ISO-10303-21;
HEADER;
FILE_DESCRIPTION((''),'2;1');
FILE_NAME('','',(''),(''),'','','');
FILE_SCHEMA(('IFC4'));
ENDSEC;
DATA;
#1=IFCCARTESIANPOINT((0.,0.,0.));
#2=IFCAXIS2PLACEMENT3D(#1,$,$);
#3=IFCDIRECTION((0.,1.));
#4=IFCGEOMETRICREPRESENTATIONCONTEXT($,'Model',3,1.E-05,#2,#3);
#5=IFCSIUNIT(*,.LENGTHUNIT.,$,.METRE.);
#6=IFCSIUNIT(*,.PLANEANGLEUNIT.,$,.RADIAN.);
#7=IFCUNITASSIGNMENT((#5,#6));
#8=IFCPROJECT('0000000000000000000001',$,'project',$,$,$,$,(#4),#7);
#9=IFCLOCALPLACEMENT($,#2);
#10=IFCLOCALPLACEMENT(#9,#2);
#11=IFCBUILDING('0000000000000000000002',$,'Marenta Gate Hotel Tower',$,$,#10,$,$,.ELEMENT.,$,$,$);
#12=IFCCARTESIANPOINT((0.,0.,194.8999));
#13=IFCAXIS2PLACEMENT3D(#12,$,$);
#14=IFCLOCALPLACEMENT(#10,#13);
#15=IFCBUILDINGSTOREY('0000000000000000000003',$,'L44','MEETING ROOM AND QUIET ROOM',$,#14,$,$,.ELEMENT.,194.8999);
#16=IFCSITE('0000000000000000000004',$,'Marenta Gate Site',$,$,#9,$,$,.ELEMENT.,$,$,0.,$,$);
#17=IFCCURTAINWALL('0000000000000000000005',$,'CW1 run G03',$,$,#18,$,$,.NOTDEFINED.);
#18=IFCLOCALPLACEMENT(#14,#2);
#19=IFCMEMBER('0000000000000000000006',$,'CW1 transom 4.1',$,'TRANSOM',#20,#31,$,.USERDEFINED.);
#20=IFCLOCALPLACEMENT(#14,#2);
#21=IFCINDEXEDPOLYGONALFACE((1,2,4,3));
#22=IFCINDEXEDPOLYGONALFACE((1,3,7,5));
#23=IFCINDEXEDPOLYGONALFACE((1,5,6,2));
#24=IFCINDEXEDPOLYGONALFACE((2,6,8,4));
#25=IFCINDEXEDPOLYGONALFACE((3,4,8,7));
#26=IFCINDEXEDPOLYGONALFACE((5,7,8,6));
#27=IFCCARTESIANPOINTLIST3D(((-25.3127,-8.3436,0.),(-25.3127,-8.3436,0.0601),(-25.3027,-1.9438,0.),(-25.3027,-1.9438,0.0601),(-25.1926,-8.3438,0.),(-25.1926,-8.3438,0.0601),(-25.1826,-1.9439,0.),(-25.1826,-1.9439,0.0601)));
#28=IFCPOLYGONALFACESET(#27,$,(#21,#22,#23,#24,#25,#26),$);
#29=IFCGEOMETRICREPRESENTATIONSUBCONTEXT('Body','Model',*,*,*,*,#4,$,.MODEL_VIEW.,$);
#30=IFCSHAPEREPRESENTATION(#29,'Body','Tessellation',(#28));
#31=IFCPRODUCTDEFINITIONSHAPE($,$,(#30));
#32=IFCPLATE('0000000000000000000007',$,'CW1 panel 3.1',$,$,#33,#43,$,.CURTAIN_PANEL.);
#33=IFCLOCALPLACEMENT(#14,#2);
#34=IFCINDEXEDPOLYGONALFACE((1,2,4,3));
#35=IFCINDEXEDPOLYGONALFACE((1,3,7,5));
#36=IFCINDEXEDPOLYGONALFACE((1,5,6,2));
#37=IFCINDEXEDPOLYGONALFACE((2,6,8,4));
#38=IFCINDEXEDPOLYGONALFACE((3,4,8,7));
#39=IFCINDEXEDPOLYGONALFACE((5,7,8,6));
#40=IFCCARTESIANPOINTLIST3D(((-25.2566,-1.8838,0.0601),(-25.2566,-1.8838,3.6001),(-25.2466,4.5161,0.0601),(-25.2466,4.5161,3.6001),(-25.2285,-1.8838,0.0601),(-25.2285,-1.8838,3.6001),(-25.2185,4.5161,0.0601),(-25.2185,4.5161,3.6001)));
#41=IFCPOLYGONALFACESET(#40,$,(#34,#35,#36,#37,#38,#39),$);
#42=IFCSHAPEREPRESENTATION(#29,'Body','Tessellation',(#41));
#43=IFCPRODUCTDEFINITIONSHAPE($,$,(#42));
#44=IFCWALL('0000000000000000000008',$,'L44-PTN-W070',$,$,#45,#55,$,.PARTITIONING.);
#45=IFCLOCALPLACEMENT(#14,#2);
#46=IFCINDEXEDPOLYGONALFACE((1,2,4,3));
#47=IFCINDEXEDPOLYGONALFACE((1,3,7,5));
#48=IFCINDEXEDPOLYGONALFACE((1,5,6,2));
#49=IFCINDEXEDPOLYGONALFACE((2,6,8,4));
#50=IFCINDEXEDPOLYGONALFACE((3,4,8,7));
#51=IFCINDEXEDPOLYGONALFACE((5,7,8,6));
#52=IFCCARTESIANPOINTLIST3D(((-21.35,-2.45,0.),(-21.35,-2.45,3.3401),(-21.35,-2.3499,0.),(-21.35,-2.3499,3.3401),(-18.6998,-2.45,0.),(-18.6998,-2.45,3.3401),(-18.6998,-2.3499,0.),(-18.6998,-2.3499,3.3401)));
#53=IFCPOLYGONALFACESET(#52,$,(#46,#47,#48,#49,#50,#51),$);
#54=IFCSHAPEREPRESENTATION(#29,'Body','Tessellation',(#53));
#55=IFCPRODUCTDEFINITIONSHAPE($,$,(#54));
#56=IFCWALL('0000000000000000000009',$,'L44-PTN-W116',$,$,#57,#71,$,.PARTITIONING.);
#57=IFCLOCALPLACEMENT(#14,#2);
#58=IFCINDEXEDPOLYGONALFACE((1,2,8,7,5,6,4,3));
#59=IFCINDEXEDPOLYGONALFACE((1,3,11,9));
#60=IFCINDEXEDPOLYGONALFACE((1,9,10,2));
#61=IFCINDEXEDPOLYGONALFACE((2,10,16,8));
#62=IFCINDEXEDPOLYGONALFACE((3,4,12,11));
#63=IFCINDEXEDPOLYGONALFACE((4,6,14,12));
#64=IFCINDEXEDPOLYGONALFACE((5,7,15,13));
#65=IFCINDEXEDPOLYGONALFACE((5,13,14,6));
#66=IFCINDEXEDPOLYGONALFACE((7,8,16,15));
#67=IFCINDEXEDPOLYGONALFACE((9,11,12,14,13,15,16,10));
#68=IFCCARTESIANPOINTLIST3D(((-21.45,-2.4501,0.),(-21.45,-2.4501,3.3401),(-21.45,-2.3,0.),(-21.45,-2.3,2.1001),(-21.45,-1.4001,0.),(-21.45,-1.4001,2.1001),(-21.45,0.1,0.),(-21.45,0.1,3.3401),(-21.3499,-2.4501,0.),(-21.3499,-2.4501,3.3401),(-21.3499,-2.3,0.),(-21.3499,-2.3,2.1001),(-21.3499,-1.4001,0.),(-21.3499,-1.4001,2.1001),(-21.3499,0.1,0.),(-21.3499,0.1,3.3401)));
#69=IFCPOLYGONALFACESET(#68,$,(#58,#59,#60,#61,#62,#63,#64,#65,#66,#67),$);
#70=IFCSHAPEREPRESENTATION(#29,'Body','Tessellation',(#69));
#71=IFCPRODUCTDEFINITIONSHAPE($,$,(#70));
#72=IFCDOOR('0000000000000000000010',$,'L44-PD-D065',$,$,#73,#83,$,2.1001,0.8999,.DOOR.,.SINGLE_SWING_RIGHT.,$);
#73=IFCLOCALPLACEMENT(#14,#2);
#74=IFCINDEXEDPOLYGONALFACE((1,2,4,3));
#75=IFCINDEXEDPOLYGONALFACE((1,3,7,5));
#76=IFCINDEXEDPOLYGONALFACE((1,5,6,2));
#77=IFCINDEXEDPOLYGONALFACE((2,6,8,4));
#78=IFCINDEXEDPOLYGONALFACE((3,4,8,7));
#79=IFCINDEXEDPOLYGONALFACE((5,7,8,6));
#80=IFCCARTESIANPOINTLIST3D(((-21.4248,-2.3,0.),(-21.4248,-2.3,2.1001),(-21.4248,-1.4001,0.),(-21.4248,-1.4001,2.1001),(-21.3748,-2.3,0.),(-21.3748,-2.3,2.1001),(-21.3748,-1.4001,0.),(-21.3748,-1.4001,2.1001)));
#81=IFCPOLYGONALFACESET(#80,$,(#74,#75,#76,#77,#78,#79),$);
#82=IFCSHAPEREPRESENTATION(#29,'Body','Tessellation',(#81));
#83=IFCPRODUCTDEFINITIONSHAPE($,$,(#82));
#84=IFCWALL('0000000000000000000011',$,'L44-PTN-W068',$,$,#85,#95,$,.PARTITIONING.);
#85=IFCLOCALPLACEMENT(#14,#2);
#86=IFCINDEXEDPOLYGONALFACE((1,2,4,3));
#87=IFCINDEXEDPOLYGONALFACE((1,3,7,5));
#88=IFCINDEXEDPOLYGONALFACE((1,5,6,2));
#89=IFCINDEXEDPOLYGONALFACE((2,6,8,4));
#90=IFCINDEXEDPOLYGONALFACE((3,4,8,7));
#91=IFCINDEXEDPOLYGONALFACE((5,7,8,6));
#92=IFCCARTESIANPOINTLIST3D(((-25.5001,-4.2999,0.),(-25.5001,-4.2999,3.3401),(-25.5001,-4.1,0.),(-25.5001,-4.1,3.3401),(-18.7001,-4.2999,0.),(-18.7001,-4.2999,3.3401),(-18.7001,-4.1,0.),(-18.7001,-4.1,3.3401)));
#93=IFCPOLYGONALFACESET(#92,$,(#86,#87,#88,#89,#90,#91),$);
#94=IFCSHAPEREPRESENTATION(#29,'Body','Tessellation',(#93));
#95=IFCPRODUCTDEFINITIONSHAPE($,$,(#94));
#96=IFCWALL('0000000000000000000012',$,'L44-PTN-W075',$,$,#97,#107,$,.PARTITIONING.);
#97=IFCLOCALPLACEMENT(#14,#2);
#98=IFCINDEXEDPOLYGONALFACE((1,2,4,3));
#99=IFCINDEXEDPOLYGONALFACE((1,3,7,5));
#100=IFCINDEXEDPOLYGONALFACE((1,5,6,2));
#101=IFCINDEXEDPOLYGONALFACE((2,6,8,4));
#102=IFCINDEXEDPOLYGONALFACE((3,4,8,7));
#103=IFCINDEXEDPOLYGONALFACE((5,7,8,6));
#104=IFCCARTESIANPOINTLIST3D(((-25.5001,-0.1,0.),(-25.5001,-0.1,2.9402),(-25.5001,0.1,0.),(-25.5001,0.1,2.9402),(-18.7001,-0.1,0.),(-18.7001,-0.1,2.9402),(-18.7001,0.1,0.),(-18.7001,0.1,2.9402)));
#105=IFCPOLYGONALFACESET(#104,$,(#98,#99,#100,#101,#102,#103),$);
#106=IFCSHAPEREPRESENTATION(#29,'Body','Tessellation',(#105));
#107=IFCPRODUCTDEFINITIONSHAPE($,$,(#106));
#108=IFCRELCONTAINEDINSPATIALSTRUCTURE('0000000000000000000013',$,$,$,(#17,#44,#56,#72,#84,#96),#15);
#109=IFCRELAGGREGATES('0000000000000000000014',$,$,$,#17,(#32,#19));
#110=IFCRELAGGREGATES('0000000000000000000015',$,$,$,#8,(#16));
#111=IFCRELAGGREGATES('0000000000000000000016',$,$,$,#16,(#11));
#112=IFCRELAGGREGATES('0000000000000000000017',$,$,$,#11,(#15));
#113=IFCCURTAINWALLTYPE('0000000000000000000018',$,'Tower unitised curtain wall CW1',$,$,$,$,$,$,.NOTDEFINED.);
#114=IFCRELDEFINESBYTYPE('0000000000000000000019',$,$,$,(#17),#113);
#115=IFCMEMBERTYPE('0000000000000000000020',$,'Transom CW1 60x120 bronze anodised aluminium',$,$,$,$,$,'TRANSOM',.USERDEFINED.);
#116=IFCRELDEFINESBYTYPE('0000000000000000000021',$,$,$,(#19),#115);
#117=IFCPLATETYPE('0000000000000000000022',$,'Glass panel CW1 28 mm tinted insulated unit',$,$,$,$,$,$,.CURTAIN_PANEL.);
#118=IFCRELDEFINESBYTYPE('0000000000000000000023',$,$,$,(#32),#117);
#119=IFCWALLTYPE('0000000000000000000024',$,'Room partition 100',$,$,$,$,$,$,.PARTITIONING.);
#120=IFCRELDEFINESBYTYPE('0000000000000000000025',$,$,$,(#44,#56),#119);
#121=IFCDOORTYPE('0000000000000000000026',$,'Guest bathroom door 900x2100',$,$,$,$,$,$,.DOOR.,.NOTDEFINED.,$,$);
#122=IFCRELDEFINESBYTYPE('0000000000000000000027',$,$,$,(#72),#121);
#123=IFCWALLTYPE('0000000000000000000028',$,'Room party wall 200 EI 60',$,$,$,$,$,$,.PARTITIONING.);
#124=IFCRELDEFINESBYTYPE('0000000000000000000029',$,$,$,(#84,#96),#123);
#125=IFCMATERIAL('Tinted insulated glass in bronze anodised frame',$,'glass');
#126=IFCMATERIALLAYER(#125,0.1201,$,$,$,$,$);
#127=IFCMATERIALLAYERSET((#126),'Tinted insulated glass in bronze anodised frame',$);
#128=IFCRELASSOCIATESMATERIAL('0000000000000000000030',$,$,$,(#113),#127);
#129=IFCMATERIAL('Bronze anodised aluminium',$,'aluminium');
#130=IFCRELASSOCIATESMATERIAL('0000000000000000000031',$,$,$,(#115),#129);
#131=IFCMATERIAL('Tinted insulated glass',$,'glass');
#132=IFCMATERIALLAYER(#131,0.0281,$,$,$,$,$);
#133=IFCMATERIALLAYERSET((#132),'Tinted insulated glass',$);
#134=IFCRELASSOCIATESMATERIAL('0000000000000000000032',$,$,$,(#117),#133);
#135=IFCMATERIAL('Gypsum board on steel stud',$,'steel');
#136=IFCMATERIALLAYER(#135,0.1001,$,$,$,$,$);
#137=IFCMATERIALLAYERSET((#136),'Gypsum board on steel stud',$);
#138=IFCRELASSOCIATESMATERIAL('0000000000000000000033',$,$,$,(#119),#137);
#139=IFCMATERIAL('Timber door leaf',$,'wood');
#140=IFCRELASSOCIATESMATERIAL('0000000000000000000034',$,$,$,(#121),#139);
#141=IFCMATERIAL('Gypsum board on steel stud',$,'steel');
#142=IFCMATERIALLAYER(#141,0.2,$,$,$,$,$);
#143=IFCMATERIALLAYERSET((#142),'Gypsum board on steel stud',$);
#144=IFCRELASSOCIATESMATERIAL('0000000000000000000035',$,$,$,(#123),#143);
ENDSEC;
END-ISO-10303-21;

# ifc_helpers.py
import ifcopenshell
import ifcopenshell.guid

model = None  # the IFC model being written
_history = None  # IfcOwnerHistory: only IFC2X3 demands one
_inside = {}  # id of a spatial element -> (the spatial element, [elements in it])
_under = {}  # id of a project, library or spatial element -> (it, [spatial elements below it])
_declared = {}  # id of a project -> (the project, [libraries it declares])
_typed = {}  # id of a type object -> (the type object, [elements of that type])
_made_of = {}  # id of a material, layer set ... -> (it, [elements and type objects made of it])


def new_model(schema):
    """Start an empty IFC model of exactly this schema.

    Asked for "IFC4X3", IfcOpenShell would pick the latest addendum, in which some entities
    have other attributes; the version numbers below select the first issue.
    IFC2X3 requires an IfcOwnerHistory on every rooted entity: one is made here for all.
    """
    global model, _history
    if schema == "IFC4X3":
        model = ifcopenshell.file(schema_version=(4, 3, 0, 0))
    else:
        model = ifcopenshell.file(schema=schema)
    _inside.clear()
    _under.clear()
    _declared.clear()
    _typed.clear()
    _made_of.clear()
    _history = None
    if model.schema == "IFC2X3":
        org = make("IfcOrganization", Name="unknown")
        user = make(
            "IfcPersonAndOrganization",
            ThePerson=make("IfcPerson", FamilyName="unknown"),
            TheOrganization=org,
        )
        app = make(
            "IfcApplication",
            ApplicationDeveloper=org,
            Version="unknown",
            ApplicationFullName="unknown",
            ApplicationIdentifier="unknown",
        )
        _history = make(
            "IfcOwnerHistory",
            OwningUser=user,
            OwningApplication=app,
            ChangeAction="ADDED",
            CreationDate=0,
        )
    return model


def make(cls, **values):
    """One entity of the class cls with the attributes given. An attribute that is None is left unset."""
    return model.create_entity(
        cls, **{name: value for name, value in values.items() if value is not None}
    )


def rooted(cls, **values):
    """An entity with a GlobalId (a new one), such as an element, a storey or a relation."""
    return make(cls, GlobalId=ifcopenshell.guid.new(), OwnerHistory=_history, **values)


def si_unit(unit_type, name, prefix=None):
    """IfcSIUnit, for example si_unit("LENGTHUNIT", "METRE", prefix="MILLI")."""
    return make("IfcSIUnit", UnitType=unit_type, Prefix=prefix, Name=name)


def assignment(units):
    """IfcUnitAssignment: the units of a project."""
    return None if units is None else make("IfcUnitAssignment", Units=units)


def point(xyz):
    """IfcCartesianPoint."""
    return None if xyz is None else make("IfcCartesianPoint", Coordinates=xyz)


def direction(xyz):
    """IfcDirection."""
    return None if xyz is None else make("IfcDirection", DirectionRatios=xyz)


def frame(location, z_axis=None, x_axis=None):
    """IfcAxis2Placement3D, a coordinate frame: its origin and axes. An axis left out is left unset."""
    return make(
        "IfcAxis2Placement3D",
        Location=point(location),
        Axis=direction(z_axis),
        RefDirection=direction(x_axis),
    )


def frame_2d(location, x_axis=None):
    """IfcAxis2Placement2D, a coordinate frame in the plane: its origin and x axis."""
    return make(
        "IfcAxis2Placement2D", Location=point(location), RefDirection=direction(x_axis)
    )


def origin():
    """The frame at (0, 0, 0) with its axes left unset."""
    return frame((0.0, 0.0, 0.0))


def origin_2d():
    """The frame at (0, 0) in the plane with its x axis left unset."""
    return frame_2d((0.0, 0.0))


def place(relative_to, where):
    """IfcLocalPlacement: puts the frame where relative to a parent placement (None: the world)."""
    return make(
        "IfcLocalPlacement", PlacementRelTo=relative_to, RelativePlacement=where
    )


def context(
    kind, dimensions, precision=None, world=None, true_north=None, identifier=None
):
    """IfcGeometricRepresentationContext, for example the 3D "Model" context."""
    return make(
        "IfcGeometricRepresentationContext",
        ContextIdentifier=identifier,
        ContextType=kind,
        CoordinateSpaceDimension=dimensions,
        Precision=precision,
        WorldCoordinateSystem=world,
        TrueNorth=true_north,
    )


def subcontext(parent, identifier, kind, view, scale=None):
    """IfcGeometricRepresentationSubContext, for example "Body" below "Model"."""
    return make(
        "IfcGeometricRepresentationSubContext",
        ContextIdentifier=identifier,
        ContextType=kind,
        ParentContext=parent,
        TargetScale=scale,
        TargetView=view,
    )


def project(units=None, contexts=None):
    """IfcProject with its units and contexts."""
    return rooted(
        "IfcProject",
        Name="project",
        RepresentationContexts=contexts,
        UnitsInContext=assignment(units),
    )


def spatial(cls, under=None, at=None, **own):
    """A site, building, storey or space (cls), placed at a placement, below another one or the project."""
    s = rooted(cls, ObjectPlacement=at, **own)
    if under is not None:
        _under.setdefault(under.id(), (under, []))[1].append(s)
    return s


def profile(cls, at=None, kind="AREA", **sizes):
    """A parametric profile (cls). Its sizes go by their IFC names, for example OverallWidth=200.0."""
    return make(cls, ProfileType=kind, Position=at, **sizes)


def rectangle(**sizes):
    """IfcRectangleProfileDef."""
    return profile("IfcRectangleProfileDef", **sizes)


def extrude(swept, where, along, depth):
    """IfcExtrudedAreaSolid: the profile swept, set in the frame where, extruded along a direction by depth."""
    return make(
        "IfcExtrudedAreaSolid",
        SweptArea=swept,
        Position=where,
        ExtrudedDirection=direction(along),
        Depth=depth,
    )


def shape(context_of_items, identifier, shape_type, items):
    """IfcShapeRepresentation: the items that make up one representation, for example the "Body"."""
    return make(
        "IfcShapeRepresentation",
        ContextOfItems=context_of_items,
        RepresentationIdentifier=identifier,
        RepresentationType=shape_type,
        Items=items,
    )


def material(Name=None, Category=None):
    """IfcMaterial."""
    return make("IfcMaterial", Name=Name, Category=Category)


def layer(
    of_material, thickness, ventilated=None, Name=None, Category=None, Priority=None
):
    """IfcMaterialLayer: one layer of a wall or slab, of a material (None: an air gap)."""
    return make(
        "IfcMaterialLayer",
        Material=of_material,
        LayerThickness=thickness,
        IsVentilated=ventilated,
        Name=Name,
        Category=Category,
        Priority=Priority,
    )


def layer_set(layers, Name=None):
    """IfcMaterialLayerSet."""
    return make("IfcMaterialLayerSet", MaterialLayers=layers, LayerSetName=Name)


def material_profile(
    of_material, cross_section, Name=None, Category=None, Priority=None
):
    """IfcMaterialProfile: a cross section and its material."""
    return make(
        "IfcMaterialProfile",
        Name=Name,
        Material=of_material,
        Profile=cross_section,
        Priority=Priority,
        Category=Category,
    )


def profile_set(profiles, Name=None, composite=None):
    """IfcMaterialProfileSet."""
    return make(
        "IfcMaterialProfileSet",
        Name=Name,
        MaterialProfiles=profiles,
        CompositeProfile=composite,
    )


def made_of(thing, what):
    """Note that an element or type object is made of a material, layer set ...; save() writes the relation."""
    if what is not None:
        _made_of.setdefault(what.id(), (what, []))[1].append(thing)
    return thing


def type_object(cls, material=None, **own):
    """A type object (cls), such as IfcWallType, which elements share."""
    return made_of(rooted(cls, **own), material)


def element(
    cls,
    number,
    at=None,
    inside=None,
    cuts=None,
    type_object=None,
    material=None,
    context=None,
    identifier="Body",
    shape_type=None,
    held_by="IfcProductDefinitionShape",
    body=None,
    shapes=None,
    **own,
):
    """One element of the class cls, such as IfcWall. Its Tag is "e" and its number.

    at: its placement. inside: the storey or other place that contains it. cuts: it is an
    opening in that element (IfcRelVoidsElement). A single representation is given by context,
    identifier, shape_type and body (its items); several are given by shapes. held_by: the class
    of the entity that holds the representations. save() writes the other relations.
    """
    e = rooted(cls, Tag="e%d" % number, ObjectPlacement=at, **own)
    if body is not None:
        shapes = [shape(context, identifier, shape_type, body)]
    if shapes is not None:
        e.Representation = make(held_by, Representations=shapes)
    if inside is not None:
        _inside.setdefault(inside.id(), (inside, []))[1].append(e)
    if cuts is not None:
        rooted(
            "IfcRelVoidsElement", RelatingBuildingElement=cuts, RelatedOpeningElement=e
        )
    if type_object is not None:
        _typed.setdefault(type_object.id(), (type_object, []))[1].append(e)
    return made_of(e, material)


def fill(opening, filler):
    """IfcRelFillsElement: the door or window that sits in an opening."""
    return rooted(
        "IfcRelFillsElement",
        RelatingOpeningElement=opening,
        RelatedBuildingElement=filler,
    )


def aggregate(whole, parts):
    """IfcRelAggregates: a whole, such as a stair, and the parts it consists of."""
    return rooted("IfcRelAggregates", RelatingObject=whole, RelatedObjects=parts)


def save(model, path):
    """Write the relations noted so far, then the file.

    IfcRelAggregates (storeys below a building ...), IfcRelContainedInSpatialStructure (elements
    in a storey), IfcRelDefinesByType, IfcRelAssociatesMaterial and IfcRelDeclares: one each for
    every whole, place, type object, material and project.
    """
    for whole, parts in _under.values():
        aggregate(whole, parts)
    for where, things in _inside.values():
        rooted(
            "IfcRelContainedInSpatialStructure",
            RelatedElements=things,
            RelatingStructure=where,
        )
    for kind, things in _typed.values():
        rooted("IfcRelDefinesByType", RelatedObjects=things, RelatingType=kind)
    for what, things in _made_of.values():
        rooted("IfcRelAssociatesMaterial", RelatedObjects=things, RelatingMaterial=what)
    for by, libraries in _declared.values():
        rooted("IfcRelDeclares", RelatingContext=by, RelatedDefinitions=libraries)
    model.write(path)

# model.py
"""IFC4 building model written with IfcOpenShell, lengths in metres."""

from ifc_helpers import new_model, si_unit, direction, frame, frame_2d, origin, origin_2d, place, context, subcontext, project, spatial, rectangle, extrude, material, layer, layer_set, material_profile, profile_set, type_object, element, fill, aggregate, save


model = new_model("IFC4")

# Units and contexts
model_context = context("Model", 3, precision=1e-05, world=origin(), true_north=direction((0.0, 1.0)))
body_context = subcontext(model_context, "Body", "Model", "MODEL_VIEW")
ifc_project = project(units=[si_unit("LENGTHUNIT", "METRE"), si_unit("PLANEANGLEUNIT", "RADIAN")], contexts=[model_context])

# Site, building, storey
site_placement = place(None, origin())
site = spatial("IfcSite", under=ifc_project, at=site_placement, Name="Marenta Gate Site", CompositionType="ELEMENT", RefElevation=0.0)
building_placement = place(site_placement, origin())
building = spatial("IfcBuilding", under=site, at=building_placement, Name="Marenta Gate Hotel Tower", CompositionType="ELEMENT")
storey_placement = place(building_placement, frame((0.0, 0.0, 194.8999)))
storey = spatial("IfcBuildingStorey", under=building, at=storey_placement, Name="L44", Description="MEETING ROOM AND QUIET ROOM", CompositionType="ELEMENT", Elevation=194.8999)

# Curtain wall, member, plate
ifc_material_1 = material(Name="Tinted insulated glass in bronze anodised frame", Category="glass")
ifc_layer_1 = layer(ifc_material_1, 0.1201)
ifc_layer_set_1 = layer_set([ifc_layer_1], Name="Tinted insulated glass in bronze anodised frame")
curtain_wall_type = type_object("IfcCurtainWallType", Name="Tower unitised curtain wall CW1", PredefinedType="NOTDEFINED", material=ifc_layer_set_1)
curtain_wall_placement = place(storey_placement, origin())
curtain_wall = element("IfcCurtainWall", 1, at=curtain_wall_placement, inside=storey, type_object=curtain_wall_type, Name="CW1 run G03", PredefinedType="NOTDEFINED")
ifc_material_2 = material(Name="Bronze anodised aluminium", Category="aluminium")
ifc_material_profile_1 = material_profile(ifc_material_2, rectangle(XDim=0.1201, YDim=0.0601, at=origin_2d()), Name="Transom CW1 60x120 bronze anodised aluminium")
ifc_profile_set_1 = profile_set([ifc_material_profile_1], Name="Bronze anodised aluminium")
member_type_1 = type_object("IfcMemberType", Name="Transom CW1 60x120 bronze anodised aluminium", ElementType="TRANSOM", PredefinedType="USERDEFINED", material=ifc_profile_set_1)
member_1_placement = place(storey_placement, frame((-25.2427, -1.9438, 0.03), z_axis=(-0.001564, -0.999999, 0.0), x_axis=(0.999999, -0.001564, 0.0)))
member_1 = element("IfcMember", 2, at=member_1_placement, type_object=member_type_1, Name="CW1 transom 4.1", ObjectType="TRANSOM", PredefinedType="USERDEFINED", context=body_context, shape_type="SweptSolid", body=[
    extrude(rectangle(XDim=0.1201, YDim=0.0601, at=origin_2d()), origin(), (0.0, 0.0, 1.0), 6.3999),
])
ifc_material_3 = material(Name="Tinted insulated glass", Category="glass")
ifc_layer_2 = layer(ifc_material_3, 0.0281)
ifc_layer_set_2 = layer_set([ifc_layer_2], Name="Tinted insulated glass")
plate_type = type_object("IfcPlateType", Name="Glass panel CW1 28 mm tinted insulated unit", PredefinedType="CURTAIN_PANEL", material=ifc_layer_set_2)
plate_placement = place(storey_placement, frame((-25.2375, 1.3162, 0.0601), z_axis=(0.0, 0.0, 1.0), x_axis=(-0.001566, -0.999999, 0.0)))
plate = element("IfcPlate", 3, at=plate_placement, type_object=plate_type, Name="CW1 panel 3.1", PredefinedType="CURTAIN_PANEL", context=body_context, shape_type="SweptSolid", body=[
    extrude(rectangle(XDim=6.3999, YDim=0.0281, at=origin_2d()), origin(), (0.0, 0.0, 1.0), 3.54),
])
aggregate(curtain_wall, [plate, member_1])

# Wall
ifc_material_4 = material(Name="Gypsum board on steel stud", Category="steel")
ifc_layer_3 = layer(ifc_material_4, 0.1001)
ifc_layer_set_3 = layer_set([ifc_layer_3], Name="Gypsum board on steel stud")
wall_type_1 = type_object("IfcWallType", Name="Room partition 100", PredefinedType="PARTITIONING", material=ifc_layer_set_3)
wall_1_placement = place(storey_placement, frame((-21.3501, -2.3999, 0.0), z_axis=(0.0, 0.0, 1.0), x_axis=(1.0, 0.0, 0.0)))
element("IfcWall", 4, at=wall_1_placement, inside=storey, type_object=wall_type_1, Name="L44-PTN-W070", PredefinedType="PARTITIONING", context=body_context, shape_type="SweptSolid", body=[
    extrude(rectangle(XDim=2.6501, YDim=0.1001, at=frame_2d((1.3252, 0.0))), origin(), (0.0, 0.0, 1.0), 3.3401),
])

# Wall, opening, door
wall_2_placement = place(storey_placement, frame((-21.3999, -2.45, 0.0), z_axis=(0.0, 0.0, 1.0), x_axis=(0.0, 1.0, 0.0)))
wall_2 = element("IfcWall", 5, at=wall_2_placement, inside=storey, type_object=wall_type_1, Name="L44-PTN-W116", PredefinedType="PARTITIONING", context=body_context, shape_type="SweptSolid", body=[
    extrude(rectangle(XDim=2.55, YDim=0.1001, at=frame_2d((1.2749, 0.0))), origin(), (0.0, 0.0, 1.0), 3.3401),
])
opening_1_placement = place(wall_2_placement, frame((0.1499, 0.0, 0.0)))
opening_1 = element("IfcOpeningElement", 6, at=opening_1_placement, cuts=wall_2, PredefinedType="OPENING", context=body_context, shape_type="SweptSolid", body=[
    extrude(rectangle(XDim=0.8999, YDim=2.1001, at=frame_2d((0.45, 1.05))), frame((0.0, 0.05, 0.0), z_axis=(0.0, -1.0, 0.0), x_axis=(1.0, 0.0, 0.0)), (0.0, 0.0, 1.0), 0.1001),
])
ifc_material_5 = material(Name="Timber door leaf", Category="wood")
door_type_1 = type_object("IfcDoorType", Name="Guest bathroom door 900x2100", OperationType="NOTDEFINED", PredefinedType="DOOR", material=ifc_material_5)
door_1_placement = place(opening_1_placement, origin())
door_1 = element("IfcDoor", 7, at=door_1_placement, inside=storey, type_object=door_type_1, Name="L44-PD-D065", OperationType="SINGLE_SWING_RIGHT", OverallHeight=2.1001, OverallWidth=0.8999, PredefinedType="DOOR", context=body_context, shape_type="SweptSolid", body=[
    extrude(rectangle(XDim=0.8999, YDim=2.1001, at=frame_2d((0.45, 1.05))), frame((0.0, 0.0249, 0.0), z_axis=(0.0, -1.0, 0.0), x_axis=(1.0, 0.0, 0.0)), (0.0, 0.0, 1.0), 0.05),
])
fill(opening_1, door_1)

# Walls
ifc_material_6 = material(Name="Gypsum board on steel stud", Category="steel")
ifc_layer_4 = layer(ifc_material_6, 0.2)
ifc_layer_set_4 = layer_set([ifc_layer_4], Name="Gypsum board on steel stud")
wall_type_2 = type_object("IfcWallType", Name="Room party wall 200 EI 60", PredefinedType="PARTITIONING", material=ifc_layer_set_4)
wall_3_placement = place(storey_placement, frame((-25.5, -4.2, 0.0), z_axis=(0.0, 0.0, 1.0), x_axis=(1.0, 0.0, 0.0)))
element("IfcWall", 8, at=wall_3_placement, inside=storey, type_object=wall_type_2, Name="L44-PTN-W068", PredefinedType="PARTITIONING", context=body_context, shape_type="SweptSolid", body=[
    extrude(rectangle(XDim=6.8, YDim=0.2, at=frame_2d((3.3999, 0.0))), origin(), (0.0, 0.0, 1.0), 3.3401),
])
wall_4_placement = place(storey_placement, frame((-25.5, 0.0, 0.0), z_axis=(0.0, 0.0, 1.0), x_axis=(1.0, 0.0, 0.0)))
element("IfcWall", 9, at=wall_4_placement, inside=storey, type_object=wall_type_2, Name="L44-PTN-W075", PredefinedType="PARTITIONING", context=body_context, shape_type="SweptSolid", body=[
    extrude(rectangle(XDim=6.8, YDim=0.2, at=frame_2d((3.3999, 0.0))), origin(), (0.0, 0.0, 1.0), 2.9402),
])

save(model, "model.ifc")
